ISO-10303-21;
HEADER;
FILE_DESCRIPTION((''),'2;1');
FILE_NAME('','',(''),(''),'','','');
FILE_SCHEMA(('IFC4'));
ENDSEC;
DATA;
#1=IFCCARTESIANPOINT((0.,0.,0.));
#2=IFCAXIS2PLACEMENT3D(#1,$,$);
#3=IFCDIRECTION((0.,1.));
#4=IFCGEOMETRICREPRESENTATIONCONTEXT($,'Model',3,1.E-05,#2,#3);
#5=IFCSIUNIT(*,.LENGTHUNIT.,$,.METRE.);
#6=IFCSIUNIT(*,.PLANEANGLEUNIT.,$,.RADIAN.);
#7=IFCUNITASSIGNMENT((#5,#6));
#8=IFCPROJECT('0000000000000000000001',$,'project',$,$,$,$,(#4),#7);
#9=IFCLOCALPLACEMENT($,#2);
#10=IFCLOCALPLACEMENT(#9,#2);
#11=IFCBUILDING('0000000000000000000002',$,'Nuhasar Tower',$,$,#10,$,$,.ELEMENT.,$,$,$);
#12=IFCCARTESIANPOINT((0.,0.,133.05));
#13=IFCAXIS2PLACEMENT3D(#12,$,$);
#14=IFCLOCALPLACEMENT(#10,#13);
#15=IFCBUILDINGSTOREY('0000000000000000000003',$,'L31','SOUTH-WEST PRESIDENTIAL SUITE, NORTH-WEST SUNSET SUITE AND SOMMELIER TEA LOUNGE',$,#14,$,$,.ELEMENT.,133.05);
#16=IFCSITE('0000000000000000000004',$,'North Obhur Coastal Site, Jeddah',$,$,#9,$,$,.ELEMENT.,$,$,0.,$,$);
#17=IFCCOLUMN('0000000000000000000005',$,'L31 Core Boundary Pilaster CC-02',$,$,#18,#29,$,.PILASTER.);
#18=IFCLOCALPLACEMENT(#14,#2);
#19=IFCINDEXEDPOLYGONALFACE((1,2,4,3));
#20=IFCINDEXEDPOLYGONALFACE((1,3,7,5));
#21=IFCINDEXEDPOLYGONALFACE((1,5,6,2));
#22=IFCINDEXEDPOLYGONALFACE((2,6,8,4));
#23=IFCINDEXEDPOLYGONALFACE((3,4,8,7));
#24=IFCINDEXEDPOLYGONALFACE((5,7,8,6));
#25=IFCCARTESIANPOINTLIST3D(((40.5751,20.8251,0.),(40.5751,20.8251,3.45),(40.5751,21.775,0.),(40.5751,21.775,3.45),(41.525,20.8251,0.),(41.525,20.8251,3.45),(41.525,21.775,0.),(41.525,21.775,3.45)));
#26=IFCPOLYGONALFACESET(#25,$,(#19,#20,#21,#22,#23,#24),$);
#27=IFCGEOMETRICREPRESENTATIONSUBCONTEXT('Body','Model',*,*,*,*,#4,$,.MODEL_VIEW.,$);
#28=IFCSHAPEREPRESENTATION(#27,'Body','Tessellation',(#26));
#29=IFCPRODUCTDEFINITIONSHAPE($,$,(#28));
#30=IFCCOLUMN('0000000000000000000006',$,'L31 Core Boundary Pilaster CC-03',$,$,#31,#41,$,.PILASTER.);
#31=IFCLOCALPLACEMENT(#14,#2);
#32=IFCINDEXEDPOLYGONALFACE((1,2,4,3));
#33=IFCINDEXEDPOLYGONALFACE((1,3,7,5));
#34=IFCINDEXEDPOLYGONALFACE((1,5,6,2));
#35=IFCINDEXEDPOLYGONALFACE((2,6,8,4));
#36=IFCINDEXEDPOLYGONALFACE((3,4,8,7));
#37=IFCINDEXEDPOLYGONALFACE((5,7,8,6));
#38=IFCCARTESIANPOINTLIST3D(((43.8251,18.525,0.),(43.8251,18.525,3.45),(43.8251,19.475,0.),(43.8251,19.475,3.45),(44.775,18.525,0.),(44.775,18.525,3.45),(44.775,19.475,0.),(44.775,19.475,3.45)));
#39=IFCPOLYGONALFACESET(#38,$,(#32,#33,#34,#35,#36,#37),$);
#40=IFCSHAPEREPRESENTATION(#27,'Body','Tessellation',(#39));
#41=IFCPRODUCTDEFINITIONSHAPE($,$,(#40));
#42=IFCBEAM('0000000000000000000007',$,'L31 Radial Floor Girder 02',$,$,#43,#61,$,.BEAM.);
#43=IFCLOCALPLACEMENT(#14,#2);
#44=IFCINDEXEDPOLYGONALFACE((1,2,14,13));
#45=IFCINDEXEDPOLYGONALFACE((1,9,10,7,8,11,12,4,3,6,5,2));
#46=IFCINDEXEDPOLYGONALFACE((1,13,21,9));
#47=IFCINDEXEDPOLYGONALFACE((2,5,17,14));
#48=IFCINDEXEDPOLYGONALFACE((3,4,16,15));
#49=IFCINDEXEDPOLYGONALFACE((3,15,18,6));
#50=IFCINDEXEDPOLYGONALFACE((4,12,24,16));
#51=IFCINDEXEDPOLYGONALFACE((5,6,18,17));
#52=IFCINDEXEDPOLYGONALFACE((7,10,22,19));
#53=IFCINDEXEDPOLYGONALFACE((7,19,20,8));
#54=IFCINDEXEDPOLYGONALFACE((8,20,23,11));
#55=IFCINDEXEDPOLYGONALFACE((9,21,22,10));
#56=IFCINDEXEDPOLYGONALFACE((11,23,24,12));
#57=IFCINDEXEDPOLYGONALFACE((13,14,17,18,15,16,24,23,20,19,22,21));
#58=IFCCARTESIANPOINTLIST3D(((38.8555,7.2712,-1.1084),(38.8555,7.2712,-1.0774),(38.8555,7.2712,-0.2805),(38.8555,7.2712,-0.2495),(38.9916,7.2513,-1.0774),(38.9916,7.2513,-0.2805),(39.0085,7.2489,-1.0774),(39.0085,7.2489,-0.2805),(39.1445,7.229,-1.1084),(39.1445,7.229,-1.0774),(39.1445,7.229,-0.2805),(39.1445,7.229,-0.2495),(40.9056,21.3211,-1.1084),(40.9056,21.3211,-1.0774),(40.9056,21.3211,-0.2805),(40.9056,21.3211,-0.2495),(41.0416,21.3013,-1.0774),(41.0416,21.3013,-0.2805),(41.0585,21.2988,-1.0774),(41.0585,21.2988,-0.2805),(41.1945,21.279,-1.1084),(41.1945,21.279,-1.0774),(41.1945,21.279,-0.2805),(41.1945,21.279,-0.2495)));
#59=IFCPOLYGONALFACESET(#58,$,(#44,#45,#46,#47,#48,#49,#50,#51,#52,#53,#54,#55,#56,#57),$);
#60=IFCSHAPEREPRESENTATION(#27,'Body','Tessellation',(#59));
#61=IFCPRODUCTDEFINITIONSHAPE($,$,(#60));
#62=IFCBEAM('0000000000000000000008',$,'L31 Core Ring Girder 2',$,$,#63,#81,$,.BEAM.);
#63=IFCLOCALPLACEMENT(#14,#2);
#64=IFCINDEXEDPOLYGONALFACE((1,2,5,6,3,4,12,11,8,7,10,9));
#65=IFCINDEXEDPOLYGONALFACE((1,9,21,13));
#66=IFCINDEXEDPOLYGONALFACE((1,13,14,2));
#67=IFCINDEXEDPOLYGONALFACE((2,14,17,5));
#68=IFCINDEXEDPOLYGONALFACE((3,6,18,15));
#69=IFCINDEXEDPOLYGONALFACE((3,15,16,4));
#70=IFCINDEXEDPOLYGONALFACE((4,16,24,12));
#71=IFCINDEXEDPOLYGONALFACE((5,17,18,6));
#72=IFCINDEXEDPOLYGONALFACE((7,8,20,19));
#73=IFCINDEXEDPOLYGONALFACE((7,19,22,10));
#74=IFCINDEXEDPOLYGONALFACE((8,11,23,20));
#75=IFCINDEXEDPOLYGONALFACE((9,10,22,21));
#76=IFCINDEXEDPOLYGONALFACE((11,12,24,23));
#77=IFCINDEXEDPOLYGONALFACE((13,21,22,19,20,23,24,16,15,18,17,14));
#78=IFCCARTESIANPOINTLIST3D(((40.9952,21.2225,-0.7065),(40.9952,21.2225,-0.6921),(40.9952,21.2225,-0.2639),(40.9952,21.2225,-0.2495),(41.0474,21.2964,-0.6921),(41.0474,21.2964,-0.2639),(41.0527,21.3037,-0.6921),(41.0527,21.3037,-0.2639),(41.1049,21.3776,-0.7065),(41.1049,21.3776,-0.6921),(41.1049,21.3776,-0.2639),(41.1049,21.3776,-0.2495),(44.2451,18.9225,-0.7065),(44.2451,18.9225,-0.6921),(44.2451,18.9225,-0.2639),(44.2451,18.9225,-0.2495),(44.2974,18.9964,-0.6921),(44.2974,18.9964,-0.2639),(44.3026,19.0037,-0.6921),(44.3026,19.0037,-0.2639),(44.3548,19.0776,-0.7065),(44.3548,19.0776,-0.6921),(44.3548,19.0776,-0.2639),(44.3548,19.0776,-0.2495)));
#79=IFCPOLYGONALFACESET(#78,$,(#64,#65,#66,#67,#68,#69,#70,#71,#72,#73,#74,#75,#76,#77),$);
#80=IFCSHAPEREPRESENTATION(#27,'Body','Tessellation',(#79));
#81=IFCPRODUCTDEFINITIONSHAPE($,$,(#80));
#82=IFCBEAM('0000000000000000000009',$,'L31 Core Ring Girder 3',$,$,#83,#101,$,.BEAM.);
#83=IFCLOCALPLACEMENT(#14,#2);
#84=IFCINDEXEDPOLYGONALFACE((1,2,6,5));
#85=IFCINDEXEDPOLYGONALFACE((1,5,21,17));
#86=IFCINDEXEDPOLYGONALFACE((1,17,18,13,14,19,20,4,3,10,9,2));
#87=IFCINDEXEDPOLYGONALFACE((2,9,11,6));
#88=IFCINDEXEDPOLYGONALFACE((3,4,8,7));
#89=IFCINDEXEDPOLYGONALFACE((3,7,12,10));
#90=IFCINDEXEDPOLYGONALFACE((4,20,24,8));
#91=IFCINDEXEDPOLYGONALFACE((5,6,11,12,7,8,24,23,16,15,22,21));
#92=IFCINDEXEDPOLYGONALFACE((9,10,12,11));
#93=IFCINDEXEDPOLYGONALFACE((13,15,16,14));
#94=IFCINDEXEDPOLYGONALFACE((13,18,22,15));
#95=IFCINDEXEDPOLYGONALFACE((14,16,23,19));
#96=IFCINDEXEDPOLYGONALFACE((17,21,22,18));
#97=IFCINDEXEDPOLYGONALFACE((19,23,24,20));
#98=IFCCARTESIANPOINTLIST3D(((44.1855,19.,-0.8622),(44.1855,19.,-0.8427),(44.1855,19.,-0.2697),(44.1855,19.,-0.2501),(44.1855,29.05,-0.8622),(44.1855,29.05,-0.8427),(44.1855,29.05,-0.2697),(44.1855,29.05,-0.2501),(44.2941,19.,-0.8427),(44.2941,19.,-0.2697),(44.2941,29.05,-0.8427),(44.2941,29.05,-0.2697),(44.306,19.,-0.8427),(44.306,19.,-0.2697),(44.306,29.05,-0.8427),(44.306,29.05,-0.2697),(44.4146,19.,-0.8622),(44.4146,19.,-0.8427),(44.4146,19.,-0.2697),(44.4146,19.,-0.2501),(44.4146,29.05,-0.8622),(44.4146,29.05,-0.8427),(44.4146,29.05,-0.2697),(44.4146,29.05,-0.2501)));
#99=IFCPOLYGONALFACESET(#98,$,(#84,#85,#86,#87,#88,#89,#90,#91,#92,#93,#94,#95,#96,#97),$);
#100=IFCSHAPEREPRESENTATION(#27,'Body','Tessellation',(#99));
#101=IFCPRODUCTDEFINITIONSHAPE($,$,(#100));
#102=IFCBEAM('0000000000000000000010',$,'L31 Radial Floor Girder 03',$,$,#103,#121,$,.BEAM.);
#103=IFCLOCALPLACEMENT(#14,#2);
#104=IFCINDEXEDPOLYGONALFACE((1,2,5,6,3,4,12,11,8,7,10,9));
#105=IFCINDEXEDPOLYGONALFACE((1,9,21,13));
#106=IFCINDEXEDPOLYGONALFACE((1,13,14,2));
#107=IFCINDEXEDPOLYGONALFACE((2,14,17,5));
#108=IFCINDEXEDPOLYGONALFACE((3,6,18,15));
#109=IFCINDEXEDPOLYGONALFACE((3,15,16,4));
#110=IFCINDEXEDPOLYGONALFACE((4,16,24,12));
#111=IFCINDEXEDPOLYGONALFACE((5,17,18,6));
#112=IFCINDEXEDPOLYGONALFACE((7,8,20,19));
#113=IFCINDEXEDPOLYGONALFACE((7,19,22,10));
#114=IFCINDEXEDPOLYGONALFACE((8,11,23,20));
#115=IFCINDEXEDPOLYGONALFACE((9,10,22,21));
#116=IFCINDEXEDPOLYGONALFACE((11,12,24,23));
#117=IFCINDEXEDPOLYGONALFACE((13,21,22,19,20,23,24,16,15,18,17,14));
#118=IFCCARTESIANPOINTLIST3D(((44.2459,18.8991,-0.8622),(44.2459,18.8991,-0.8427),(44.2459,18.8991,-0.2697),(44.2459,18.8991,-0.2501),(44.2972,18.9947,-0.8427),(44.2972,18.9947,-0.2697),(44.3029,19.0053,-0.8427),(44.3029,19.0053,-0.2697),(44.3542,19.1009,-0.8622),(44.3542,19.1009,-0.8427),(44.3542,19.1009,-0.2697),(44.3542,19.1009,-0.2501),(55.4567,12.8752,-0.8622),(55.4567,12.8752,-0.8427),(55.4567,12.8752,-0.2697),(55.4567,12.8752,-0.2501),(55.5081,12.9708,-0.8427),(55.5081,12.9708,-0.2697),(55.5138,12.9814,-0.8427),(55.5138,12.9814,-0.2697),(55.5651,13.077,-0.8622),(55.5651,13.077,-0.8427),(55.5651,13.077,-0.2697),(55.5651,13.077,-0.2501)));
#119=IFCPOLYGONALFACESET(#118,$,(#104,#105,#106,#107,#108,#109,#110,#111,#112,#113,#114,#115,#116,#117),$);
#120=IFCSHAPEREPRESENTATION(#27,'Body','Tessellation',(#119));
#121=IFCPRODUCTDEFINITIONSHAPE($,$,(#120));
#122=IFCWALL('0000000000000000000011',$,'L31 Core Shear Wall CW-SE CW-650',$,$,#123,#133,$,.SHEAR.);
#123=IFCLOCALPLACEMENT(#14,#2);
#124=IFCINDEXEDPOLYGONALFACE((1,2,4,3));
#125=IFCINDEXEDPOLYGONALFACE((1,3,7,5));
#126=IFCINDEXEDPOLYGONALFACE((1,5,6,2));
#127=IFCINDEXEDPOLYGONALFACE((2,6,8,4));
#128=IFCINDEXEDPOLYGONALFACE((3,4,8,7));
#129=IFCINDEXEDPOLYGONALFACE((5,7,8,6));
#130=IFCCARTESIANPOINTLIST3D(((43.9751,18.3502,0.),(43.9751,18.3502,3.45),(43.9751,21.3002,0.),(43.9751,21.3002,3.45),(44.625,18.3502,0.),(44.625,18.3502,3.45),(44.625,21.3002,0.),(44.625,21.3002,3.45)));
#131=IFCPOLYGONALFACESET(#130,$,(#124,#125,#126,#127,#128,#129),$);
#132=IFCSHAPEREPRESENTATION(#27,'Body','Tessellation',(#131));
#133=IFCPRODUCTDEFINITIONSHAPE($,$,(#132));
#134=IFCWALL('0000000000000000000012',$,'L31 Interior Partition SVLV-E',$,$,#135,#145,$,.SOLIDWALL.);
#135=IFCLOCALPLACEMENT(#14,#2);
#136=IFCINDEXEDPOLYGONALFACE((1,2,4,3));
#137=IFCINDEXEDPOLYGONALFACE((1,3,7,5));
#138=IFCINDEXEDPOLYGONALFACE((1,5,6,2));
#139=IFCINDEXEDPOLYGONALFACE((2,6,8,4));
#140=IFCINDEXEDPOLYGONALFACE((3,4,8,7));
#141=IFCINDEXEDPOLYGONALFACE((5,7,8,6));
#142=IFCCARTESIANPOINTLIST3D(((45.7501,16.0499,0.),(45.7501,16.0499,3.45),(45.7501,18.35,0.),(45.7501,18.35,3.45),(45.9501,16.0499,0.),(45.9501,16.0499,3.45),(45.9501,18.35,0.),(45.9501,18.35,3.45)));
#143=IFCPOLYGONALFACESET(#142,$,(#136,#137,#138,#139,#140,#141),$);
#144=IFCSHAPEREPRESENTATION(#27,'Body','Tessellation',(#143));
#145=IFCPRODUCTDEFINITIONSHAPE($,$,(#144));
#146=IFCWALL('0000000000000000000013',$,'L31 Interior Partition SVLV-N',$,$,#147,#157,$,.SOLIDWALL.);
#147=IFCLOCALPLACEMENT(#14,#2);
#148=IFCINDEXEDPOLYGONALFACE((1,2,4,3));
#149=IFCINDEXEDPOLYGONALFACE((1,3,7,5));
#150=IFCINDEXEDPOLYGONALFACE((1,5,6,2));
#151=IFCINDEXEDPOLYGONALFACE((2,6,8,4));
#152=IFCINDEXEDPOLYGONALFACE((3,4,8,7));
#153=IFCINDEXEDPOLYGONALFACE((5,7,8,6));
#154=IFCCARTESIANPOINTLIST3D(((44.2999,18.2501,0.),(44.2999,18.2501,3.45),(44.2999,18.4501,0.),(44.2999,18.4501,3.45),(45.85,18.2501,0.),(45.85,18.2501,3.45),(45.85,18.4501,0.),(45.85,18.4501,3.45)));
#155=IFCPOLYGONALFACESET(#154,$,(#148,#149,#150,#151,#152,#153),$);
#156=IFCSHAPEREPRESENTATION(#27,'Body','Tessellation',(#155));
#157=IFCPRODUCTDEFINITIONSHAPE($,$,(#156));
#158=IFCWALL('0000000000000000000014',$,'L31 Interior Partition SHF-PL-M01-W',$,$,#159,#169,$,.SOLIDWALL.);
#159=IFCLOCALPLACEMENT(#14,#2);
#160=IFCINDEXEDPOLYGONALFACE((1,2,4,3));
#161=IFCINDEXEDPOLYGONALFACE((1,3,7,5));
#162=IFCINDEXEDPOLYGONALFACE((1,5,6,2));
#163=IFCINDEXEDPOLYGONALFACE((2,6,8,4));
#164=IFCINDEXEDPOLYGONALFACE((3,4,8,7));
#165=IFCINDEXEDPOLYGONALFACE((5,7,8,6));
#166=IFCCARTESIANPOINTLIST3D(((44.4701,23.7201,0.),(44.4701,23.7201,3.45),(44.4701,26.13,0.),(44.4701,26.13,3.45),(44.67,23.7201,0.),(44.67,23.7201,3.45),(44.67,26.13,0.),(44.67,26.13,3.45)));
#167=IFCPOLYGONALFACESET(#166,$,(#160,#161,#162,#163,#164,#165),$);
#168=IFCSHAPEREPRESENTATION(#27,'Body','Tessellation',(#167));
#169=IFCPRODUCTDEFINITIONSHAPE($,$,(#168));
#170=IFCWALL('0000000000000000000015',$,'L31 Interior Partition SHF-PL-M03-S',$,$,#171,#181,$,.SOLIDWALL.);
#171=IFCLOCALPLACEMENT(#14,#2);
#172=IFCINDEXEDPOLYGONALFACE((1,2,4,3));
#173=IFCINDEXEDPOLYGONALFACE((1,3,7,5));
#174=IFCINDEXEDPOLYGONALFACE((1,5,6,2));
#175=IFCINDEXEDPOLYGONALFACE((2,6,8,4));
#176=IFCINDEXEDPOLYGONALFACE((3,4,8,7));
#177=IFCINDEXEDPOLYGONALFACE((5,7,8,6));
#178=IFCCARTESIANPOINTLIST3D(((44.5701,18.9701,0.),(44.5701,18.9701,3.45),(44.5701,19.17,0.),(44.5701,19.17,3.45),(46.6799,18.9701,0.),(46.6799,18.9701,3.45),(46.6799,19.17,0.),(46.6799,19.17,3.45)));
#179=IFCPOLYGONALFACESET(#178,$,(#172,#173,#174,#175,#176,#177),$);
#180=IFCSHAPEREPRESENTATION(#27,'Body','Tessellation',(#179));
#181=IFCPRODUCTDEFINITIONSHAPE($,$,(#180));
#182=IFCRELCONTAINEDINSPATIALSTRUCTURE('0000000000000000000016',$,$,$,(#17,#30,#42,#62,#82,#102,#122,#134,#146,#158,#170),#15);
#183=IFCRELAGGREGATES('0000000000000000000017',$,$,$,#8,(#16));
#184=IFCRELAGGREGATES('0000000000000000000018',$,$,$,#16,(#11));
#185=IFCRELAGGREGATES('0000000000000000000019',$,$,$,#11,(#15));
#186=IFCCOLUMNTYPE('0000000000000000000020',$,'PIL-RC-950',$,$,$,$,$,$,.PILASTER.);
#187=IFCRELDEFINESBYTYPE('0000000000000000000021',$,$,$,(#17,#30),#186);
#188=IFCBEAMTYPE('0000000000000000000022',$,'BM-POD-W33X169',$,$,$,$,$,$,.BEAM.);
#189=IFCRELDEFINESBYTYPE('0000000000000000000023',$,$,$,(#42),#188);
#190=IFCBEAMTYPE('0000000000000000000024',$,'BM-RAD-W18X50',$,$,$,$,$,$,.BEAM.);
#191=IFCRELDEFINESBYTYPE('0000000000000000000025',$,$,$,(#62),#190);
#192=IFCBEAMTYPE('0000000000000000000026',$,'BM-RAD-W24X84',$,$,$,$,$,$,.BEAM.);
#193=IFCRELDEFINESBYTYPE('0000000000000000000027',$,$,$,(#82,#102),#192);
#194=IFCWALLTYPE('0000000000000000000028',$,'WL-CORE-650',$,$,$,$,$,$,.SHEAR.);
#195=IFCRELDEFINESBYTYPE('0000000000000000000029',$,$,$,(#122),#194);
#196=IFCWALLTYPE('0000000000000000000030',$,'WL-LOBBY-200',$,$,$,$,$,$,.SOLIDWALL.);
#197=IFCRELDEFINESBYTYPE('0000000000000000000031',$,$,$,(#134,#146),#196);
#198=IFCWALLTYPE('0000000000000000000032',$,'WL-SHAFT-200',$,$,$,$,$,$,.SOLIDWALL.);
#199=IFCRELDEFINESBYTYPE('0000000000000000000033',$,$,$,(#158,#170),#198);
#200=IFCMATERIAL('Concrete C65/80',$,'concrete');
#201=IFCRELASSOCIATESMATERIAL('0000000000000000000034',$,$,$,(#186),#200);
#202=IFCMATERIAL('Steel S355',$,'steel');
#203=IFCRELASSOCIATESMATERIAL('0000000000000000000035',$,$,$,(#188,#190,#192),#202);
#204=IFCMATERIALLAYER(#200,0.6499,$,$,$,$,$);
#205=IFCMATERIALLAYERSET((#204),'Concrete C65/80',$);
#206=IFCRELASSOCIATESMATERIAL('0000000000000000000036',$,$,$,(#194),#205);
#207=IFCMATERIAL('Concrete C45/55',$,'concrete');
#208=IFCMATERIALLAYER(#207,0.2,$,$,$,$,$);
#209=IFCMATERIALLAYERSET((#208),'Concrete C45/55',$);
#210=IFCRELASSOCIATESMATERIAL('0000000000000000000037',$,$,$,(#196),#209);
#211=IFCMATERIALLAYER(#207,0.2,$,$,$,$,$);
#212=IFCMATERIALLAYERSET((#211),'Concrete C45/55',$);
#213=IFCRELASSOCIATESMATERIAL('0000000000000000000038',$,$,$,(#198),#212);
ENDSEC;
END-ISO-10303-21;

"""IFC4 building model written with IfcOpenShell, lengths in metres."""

from ifc_helpers import new_model, si_unit, direction, frame, frame_2d, origin, origin_2d, place, context, subcontext, project, spatial, rectangle, i_section, extrude, material, layer, layer_set, material_profile, profile_set, type_object, element, save


model = new_model("IFC4")

# Units and contexts
model_context = context("Model", 3, precision=1e-05, world=origin(), true_north=direction((0.0, 1.0)))
body_context = subcontext(model_context, "Body", "Model", "MODEL_VIEW")
ifc_project = project(units=[si_unit("LENGTHUNIT", "METRE"), si_unit("PLANEANGLEUNIT", "RADIAN")], contexts=[model_context])

# Site, building, storey
site_placement = place(None, origin())
site = spatial("IfcSite", under=ifc_project, at=site_placement, Name="North Obhur Coastal Site, Jeddah", CompositionType="ELEMENT", RefElevation=0.0)
building_placement = place(site_placement, origin())
building = spatial("IfcBuilding", under=site, at=building_placement, Name="Nuhasar Tower", CompositionType="ELEMENT")
storey_placement = place(building_placement, frame((0.0, 0.0, 133.05)))
storey = spatial("IfcBuildingStorey", under=building, at=storey_placement, Name="L31", Description="SOUTH-WEST PRESIDENTIAL SUITE, NORTH-WEST SUNSET SUITE AND SOMMELIER TEA LOUNGE", CompositionType="ELEMENT", Elevation=133.05)

# Columns
ifc_material_1 = material(Name="Concrete C65/80", Category="concrete")
ifc_material_profile_1 = material_profile(ifc_material_1, rectangle(XDim=0.95, YDim=0.95, at=origin_2d()), Name="RC950X950")
ifc_profile_set_1 = profile_set([ifc_material_profile_1], Name="Concrete C65/80")
column_type = type_object("IfcColumnType", Name="PIL-RC-950", PredefinedType="PILASTER", material=ifc_profile_set_1)
for number, where, z_axis, x_axis, name in (
    (1, (41.05, 21.3, 0.0), (0.0, 0.0, 1.0), (1.0, 0.0, 0.0), "L31 Core Boundary Pilaster CC-02"),
    (2, (44.3, 19.0, 0.0), (0.0, 0.0, 1.0), (1.0, 0.0, 0.0), "L31 Core Boundary Pilaster CC-03"),
):
    element("IfcColumn", number, at=place(storey_placement, frame(where, z_axis=z_axis, x_axis=x_axis)), inside=storey, type_object=column_type, Name=name, PredefinedType="PILASTER", context=body_context, shape_type="SweptSolid", body=[
        extrude(rectangle(XDim=0.95, YDim=0.95, at=origin_2d()), origin(), (0.0, 0.0, 1.0), 3.45),
    ])

# Beams
ifc_material_2 = material(Name="Steel S355", Category="steel")
ifc_material_profile_2 = material_profile(ifc_material_2, i_section(OverallWidth=0.292, OverallDepth=0.8589, WebThickness=0.0171, FlangeThickness=0.031, at=origin_2d()), Name="W33X169")
ifc_profile_set_2 = profile_set([ifc_material_profile_2], Name="Steel S355")
beam_type_1 = type_object("IfcBeamType", Name="BM-POD-W33X169", PredefinedType="BEAM", material=ifc_profile_set_2)
beam_1_placement = place(storey_placement, frame((41.05, 21.3, -0.679), z_axis=(-0.144382, -0.989522, 0.0), x_axis=(0.989522, -0.144382, 0.0)))
element("IfcBeam", 3, at=beam_1_placement, inside=storey, type_object=beam_type_1, Name="L31 Radial Floor Girder 02", PredefinedType="BEAM", context=body_context, shape_type="SweptSolid", body=[
    extrude(i_section(OverallWidth=0.292, OverallDepth=0.8589, WebThickness=0.0171, FlangeThickness=0.031, at=origin_2d()), origin(), (0.0, 0.0, 1.0), 14.1987),
])
ifc_material_profile_3 = material_profile(ifc_material_2, i_section(OverallWidth=0.1899, OverallDepth=0.457, WebThickness=0.009, FlangeThickness=0.0144, at=origin_2d()), Name="W18X50")
ifc_profile_set_3 = profile_set([ifc_material_profile_3], Name="Steel S355")
beam_type_2 = type_object("IfcBeamType", Name="BM-RAD-W18X50", PredefinedType="BEAM", material=ifc_profile_set_3)
beam_2_placement = place(storey_placement, frame((41.05, 21.3, -0.478), z_axis=(0.816265, -0.577677, 0.0), x_axis=(0.577677, 0.816265, 0.0)))
element("IfcBeam", 4, at=beam_2_placement, inside=storey, type_object=beam_type_2, Name="L31 Core Ring Girder 2", PredefinedType="BEAM", context=body_context, shape_type="SweptSolid", body=[
    extrude(i_section(OverallWidth=0.1899, OverallDepth=0.457, WebThickness=0.009, FlangeThickness=0.0144, at=origin_2d()), origin(), (0.0, 0.0, 1.0), 3.9814),
])
ifc_material_profile_4 = material_profile(ifc_material_2, i_section(OverallWidth=0.229, OverallDepth=0.6121, WebThickness=0.012, FlangeThickness=0.0195, at=origin_2d()), Name="W24X84")
ifc_profile_set_4 = profile_set([ifc_material_profile_4], Name="Steel S355")
beam_type_3 = type_object("IfcBeamType", Name="BM-RAD-W24X84", PredefinedType="BEAM", material=ifc_profile_set_4)
beam_3_placement = place(storey_placement, frame((44.3, 19.0, -0.5562), z_axis=(0.0, 1.0, 0.0), x_axis=(-1.0, 0.0, 0.0)))
element("IfcBeam", 5, at=beam_3_placement, inside=storey, type_object=beam_type_3, Name="L31 Core Ring Girder 3", PredefinedType="BEAM", context=body_context, shape_type="SweptSolid", body=[
    extrude(i_section(OverallWidth=0.229, OverallDepth=0.6121, WebThickness=0.012, FlangeThickness=0.0195, at=origin_2d()), origin(), (0.0, 0.0, 1.0), 10.05),
])
beam_4_placement = place(storey_placement, frame((44.3, 19.0, -0.5562), z_axis=(0.880888, -0.473324, 0.0), x_axis=(0.473324, 0.880888, 0.0)))
element("IfcBeam", 6, at=beam_4_placement, inside=storey, type_object=beam_type_3, Name="L31 Radial Floor Girder 03", PredefinedType="BEAM", context=body_context, shape_type="SweptSolid", body=[
    extrude(i_section(OverallWidth=0.229, OverallDepth=0.6121, WebThickness=0.012, FlangeThickness=0.0195, at=origin_2d()), origin(), (0.0, 0.0, 1.0), 12.7268),
])

# Wall
ifc_layer_1 = layer(ifc_material_1, 0.6499)
ifc_layer_set_1 = layer_set([ifc_layer_1], Name="Concrete C65/80")
wall_type_1 = type_object("IfcWallType", Name="WL-CORE-650", PredefinedType="SHEAR", material=ifc_layer_set_1)
wall_1_placement = place(storey_placement, frame((44.3, 18.3501, 0.0), z_axis=(0.0, 0.0, 1.0), x_axis=(0.0, 1.0, 0.0)))
element("IfcWall", 7, at=wall_1_placement, inside=storey, type_object=wall_type_1, Name="L31 Core Shear Wall CW-SE CW-650", PredefinedType="SHEAR", context=body_context, shape_type="SweptSolid", body=[
    extrude(rectangle(XDim=2.95, YDim=0.6499, at=frame_2d((1.4751, 0.0))), origin(), (0.0, 0.0, 1.0), 3.45),
])

# Shared definitions
ifc_material_3 = material(Name="Concrete C45/55", Category="concrete")
ifc_layer_2 = layer(ifc_material_3, 0.2)
ifc_layer_set_2 = layer_set([ifc_layer_2], Name="Concrete C45/55")
wall_type_2 = type_object("IfcWallType", Name="WL-LOBBY-200", PredefinedType="SOLIDWALL", material=ifc_layer_set_2)

# Walls
wall_2_placement = place(storey_placement, frame((45.8501, 16.05, 0.0), z_axis=(0.0, 0.0, 1.0), x_axis=(0.0, 1.0, 0.0)))
element("IfcWall", 8, at=wall_2_placement, inside=storey, type_object=wall_type_2, Name="L31 Interior Partition SVLV-E", PredefinedType="SOLIDWALL", context=body_context, shape_type="SweptSolid", body=[
    extrude(rectangle(XDim=2.3, YDim=0.2, at=frame_2d((1.1499, 0.0))), origin(), (0.0, 0.0, 1.0), 3.45),
])
wall_3_placement = place(storey_placement, frame((44.3, 18.3501, 0.0), z_axis=(0.0, 0.0, 1.0), x_axis=(1.0, 0.0, 0.0)))
element("IfcWall", 9, at=wall_3_placement, inside=storey, type_object=wall_type_2, Name="L31 Interior Partition SVLV-N", PredefinedType="SOLIDWALL", context=body_context, shape_type="SweptSolid", body=[
    extrude(rectangle(XDim=1.55, YDim=0.2, at=frame_2d((0.7749, 0.0))), origin(), (0.0, 0.0, 1.0), 3.45),
])

# Shared definitions
ifc_layer_3 = layer(ifc_material_3, 0.2)
ifc_layer_set_3 = layer_set([ifc_layer_3], Name="Concrete C45/55")
wall_type_3 = type_object("IfcWallType", Name="WL-SHAFT-200", PredefinedType="SOLIDWALL", material=ifc_layer_set_3)

# Walls
wall_4_placement = place(storey_placement, frame((44.5701, 23.72, 0.0), z_axis=(0.0, 0.0, 1.0), x_axis=(0.0, 1.0, 0.0)))
element("IfcWall", 10, at=wall_4_placement, inside=storey, type_object=wall_type_3, Name="L31 Interior Partition SHF-PL-M01-W", PredefinedType="SOLIDWALL", context=body_context, shape_type="SweptSolid", body=[
    extrude(rectangle(XDim=2.4099, YDim=0.2, at=frame_2d((1.2051, 0.0))), origin(), (0.0, 0.0, 1.0), 3.45),
])
wall_5_placement = place(storey_placement, frame((44.5701, 19.0701, 0.0), z_axis=(0.0, 0.0, 1.0), x_axis=(1.0, 0.0, 0.0)))
element("IfcWall", 11, at=wall_5_placement, inside=storey, type_object=wall_type_3, Name="L31 Interior Partition SHF-PL-M03-S", PredefinedType="SOLIDWALL", context=body_context, shape_type="SweptSolid", body=[
    extrude(rectangle(XDim=2.1099, YDim=0.2, at=frame_2d((1.0549, 0.0))), origin(), (0.0, 0.0, 1.0), 3.45),
])

save(model, "model.ifc")
